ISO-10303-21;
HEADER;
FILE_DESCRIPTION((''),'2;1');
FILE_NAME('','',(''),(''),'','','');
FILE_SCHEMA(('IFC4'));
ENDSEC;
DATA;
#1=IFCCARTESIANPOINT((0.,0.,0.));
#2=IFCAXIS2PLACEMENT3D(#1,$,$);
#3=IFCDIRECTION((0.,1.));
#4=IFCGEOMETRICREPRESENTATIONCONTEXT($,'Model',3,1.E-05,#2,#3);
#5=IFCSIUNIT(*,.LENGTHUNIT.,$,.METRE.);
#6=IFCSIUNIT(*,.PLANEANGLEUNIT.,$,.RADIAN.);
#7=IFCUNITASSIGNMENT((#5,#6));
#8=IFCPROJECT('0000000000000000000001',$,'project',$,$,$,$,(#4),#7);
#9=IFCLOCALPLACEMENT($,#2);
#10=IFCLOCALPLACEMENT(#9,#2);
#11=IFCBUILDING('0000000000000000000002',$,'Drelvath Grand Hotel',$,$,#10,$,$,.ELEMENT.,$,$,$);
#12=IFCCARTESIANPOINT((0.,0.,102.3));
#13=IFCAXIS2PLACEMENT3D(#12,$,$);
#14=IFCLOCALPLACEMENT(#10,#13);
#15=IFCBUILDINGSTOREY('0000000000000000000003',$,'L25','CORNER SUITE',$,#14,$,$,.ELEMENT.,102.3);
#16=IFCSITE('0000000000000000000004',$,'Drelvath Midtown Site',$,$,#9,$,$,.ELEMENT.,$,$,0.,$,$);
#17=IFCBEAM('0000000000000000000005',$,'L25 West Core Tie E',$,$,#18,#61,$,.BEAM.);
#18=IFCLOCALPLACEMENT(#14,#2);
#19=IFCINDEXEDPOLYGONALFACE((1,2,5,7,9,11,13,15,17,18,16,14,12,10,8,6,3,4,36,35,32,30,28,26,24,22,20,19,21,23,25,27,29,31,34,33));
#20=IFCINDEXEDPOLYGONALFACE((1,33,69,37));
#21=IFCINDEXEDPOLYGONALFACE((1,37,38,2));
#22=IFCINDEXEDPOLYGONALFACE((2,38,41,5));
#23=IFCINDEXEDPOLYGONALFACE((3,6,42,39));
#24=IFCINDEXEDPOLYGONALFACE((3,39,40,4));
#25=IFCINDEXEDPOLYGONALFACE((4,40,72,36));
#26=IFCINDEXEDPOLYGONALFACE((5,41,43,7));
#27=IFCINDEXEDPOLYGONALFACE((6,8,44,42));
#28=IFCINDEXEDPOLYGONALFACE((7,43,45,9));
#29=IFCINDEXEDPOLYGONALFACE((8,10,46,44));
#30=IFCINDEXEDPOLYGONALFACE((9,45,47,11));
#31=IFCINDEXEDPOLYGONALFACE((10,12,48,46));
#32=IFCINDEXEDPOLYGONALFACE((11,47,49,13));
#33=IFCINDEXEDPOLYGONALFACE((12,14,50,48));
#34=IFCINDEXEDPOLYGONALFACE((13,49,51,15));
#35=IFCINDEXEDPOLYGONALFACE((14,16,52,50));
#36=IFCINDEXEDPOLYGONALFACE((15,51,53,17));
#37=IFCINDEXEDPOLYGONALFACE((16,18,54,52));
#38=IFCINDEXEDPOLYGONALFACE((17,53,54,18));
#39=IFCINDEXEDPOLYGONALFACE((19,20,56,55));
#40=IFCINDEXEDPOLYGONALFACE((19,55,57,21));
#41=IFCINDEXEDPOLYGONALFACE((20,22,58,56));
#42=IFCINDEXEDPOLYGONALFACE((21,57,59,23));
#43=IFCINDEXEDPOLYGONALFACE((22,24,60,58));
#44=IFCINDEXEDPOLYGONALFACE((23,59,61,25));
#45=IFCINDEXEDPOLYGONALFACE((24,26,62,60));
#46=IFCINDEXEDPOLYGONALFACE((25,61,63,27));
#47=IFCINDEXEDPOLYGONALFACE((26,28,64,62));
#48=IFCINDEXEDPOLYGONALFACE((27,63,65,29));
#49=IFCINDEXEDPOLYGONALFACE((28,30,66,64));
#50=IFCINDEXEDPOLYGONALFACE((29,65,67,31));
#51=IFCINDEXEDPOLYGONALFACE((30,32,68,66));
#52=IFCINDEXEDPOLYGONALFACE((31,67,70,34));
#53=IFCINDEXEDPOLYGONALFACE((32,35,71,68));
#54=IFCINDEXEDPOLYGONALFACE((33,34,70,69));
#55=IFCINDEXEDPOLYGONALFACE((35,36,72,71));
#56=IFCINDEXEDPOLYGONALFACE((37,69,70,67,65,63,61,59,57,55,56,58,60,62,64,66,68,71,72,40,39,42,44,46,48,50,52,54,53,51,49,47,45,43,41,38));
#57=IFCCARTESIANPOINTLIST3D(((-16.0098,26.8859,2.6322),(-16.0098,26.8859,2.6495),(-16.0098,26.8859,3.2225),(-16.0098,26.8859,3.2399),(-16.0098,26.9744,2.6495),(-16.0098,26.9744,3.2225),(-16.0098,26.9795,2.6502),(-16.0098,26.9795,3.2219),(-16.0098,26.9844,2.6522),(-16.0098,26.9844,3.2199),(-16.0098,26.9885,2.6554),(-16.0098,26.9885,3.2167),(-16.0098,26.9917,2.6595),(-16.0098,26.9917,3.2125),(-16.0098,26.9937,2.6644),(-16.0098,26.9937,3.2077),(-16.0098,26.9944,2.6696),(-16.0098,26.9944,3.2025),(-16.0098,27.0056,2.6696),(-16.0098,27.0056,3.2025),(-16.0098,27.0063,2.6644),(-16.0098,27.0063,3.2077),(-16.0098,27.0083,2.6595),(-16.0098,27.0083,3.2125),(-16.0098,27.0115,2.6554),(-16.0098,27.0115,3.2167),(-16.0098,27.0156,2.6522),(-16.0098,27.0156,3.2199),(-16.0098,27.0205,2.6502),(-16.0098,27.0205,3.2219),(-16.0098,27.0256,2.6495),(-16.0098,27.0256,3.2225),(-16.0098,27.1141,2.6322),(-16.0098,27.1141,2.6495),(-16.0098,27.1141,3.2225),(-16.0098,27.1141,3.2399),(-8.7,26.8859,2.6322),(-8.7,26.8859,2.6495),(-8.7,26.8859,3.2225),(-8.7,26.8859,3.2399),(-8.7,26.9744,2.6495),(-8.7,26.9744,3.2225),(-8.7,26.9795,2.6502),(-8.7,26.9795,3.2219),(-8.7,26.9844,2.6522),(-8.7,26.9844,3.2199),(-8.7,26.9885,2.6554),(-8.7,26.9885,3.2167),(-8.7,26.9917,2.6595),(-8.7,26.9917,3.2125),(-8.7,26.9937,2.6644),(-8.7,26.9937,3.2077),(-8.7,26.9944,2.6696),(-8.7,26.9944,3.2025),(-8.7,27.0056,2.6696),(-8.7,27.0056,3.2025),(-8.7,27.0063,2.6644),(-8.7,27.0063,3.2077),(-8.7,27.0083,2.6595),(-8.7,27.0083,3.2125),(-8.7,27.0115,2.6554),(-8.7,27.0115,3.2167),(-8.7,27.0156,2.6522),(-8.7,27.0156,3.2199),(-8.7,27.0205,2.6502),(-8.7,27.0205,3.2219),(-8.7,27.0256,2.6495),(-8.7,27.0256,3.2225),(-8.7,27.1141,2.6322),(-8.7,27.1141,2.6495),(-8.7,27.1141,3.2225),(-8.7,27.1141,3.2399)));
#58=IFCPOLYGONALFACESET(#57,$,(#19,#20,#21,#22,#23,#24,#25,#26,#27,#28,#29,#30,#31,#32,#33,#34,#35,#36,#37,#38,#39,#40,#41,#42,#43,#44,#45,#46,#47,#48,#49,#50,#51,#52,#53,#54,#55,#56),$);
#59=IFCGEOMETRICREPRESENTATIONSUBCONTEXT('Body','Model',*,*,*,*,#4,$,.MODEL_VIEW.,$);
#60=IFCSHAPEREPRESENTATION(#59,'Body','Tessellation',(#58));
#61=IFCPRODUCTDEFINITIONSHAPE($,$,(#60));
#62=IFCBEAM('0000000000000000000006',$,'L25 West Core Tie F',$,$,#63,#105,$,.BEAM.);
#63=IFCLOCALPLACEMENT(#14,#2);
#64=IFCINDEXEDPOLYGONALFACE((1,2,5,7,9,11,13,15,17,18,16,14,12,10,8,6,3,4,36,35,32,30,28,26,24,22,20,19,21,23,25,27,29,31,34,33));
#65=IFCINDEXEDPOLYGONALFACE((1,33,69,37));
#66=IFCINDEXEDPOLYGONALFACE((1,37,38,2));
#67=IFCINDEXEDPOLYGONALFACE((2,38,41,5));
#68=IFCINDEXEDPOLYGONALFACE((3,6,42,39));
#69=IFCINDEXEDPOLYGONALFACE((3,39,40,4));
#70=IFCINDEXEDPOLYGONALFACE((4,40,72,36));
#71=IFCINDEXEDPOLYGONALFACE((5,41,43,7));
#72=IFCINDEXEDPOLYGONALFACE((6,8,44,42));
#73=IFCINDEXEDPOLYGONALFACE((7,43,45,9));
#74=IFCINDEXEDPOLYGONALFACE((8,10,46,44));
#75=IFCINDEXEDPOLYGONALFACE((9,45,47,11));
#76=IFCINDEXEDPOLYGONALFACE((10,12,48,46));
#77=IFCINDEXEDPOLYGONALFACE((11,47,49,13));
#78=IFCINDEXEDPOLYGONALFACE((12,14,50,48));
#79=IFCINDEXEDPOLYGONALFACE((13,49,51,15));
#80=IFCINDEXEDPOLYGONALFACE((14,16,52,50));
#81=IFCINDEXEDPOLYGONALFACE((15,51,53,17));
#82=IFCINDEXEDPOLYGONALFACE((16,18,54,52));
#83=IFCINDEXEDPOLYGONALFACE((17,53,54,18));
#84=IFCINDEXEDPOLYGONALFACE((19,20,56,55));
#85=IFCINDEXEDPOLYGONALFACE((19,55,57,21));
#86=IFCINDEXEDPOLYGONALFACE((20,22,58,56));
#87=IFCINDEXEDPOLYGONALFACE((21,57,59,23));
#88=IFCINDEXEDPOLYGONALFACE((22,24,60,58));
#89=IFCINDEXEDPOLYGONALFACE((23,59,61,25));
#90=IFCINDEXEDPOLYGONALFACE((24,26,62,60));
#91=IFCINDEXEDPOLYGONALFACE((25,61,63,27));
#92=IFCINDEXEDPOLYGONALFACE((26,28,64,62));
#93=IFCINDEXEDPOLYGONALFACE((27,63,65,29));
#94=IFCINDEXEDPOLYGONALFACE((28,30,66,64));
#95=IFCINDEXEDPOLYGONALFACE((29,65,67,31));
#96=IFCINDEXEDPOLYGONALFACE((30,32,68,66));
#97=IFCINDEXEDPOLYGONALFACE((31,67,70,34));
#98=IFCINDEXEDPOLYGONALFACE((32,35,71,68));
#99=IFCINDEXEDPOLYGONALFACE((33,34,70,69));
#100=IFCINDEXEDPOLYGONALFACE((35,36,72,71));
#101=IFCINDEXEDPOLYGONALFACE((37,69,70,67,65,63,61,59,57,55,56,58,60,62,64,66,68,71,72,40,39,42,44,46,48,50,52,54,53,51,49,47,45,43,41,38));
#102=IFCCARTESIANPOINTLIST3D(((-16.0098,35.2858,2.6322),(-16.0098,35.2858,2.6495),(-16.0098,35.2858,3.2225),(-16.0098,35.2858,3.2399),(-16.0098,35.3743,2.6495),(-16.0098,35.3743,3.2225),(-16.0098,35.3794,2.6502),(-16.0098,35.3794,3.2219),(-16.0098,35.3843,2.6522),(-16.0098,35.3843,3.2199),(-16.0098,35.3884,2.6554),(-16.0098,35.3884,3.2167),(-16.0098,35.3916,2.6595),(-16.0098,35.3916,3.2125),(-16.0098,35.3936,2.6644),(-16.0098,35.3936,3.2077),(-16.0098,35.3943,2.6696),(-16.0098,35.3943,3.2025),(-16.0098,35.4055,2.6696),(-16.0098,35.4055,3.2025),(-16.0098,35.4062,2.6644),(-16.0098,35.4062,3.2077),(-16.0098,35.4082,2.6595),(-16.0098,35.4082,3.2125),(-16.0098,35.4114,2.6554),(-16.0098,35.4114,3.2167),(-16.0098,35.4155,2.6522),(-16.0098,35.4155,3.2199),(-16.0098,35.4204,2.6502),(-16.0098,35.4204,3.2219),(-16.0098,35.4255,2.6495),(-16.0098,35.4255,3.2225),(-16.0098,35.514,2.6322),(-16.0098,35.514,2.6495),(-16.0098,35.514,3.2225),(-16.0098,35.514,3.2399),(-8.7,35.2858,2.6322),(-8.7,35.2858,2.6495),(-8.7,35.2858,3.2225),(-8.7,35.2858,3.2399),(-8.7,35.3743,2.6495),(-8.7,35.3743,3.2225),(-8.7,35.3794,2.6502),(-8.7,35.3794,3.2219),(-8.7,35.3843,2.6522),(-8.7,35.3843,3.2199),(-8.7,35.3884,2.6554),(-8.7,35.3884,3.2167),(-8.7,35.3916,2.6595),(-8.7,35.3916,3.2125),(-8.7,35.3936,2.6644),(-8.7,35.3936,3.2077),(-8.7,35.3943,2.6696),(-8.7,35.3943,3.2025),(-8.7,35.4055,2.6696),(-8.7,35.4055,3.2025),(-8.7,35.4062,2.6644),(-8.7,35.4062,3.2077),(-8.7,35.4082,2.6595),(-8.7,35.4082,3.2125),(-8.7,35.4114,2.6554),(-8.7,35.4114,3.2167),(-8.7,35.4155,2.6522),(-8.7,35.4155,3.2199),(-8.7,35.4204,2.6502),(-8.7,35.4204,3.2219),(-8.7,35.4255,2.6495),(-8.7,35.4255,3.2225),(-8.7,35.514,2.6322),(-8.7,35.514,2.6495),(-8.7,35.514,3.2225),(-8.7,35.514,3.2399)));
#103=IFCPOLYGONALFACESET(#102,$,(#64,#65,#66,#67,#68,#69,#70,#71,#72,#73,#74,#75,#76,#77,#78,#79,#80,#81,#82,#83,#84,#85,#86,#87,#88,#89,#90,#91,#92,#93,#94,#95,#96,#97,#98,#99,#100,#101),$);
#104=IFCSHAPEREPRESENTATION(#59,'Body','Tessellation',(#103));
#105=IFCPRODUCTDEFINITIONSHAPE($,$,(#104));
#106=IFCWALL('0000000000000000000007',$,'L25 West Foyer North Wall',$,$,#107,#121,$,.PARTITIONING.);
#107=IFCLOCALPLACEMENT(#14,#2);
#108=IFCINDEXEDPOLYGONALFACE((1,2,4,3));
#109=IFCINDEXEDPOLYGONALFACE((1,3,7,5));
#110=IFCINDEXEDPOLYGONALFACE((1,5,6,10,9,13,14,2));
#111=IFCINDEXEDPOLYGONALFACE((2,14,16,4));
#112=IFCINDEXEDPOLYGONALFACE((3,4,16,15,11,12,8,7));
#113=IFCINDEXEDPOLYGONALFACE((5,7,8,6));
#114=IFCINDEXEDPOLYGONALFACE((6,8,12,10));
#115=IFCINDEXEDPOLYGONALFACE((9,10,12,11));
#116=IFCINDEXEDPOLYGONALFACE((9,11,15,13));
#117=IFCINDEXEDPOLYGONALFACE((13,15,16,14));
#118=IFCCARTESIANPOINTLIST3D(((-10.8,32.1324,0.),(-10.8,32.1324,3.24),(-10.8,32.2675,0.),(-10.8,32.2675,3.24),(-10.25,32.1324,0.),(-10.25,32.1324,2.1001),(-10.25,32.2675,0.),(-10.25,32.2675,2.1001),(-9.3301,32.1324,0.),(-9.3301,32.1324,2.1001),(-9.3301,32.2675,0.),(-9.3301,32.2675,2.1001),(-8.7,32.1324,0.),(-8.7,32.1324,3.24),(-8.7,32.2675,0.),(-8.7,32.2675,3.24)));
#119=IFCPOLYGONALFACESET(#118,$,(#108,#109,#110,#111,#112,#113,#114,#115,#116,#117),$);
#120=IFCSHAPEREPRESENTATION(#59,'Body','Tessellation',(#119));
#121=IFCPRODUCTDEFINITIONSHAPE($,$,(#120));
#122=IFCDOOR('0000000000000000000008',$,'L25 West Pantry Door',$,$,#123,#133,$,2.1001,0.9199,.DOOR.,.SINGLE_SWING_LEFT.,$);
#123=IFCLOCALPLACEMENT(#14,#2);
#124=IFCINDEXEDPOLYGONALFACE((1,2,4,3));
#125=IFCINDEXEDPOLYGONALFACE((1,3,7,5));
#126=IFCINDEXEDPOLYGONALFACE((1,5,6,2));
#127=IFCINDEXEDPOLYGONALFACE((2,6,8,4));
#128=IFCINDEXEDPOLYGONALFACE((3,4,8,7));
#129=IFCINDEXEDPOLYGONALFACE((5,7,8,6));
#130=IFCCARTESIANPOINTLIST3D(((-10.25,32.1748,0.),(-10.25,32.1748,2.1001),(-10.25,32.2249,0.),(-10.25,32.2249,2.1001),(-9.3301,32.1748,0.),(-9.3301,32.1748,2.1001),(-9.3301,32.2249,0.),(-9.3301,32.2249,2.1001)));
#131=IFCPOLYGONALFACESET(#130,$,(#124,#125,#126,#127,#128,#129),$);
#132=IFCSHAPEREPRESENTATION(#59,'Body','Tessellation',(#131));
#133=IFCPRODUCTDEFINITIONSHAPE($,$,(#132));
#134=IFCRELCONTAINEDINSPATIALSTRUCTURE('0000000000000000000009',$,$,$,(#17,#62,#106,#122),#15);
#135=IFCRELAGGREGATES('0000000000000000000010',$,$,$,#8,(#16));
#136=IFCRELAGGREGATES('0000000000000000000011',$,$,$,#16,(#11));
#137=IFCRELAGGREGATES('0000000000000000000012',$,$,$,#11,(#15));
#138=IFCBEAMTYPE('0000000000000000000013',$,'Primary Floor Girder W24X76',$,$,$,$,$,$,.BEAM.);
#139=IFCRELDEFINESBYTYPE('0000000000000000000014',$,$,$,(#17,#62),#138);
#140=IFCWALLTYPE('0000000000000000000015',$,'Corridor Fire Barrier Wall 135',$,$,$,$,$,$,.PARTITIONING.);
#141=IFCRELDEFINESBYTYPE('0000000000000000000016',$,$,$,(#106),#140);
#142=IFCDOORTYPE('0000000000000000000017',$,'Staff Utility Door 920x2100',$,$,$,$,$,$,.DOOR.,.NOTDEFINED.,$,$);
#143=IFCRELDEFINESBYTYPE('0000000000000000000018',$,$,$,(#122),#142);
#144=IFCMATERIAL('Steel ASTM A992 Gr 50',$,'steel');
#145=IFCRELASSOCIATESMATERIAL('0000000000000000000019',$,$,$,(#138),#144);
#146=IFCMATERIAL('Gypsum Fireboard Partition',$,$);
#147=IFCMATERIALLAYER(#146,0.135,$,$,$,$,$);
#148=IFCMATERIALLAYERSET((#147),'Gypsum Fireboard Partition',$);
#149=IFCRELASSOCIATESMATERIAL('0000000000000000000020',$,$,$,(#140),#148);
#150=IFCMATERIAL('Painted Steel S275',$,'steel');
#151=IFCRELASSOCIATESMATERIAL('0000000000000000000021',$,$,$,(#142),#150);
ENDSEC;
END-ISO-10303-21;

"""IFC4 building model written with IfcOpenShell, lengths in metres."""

from ifc_helpers import new_model, si_unit, direction, frame, frame_2d, origin, origin_2d, place, context, subcontext, project, spatial, rectangle, i_section, extrude, material, layer, layer_set, material_profile, profile_set, type_object, element, fill, save


model = new_model("IFC4")

# Units and contexts
model_context = context("Model", 3, precision=1e-05, world=origin(), true_north=direction((0.0, 1.0)))
body_context = subcontext(model_context, "Body", "Model", "MODEL_VIEW")
ifc_project = project(units=[si_unit("LENGTHUNIT", "METRE"), si_unit("PLANEANGLEUNIT", "RADIAN")], contexts=[model_context])

# Site, building, storey
site_placement = place(None, origin())
site = spatial("IfcSite", under=ifc_project, at=site_placement, Name="Drelvath Midtown Site", CompositionType="ELEMENT", RefElevation=0.0)
building_placement = place(site_placement, origin())
building = spatial("IfcBuilding", under=site, at=building_placement, Name="Drelvath Grand Hotel", CompositionType="ELEMENT")
storey_placement = place(building_placement, frame((0.0, 0.0, 102.3)))
storey = spatial("IfcBuildingStorey", under=building, at=storey_placement, Name="L25", Description="CORNER SUITE", CompositionType="ELEMENT", Elevation=102.3)

# Beams
ifc_material_1 = material(Name="Steel ASTM A992 Gr 50", Category="steel")
ifc_material_profile = material_profile(ifc_material_1, i_section(OverallWidth=0.2283, OverallDepth=0.6077, WebThickness=0.0112, FlangeThickness=0.0173, FilletRadius=0.02, at=origin_2d()), Name="W24X76")
ifc_profile_set = profile_set([ifc_material_profile], Name="Steel ASTM A992 Gr 50")
beam_type = type_object("IfcBeamType", Name="Primary Floor Girder W24X76", PredefinedType="BEAM", material=ifc_profile_set)
for number, where, z_axis, x_axis, name in (
    (1, (-16.0098, 27.0, 2.936), (1.0, 0.0, 0.0), (0.0, 1.0, 0.0), "L25 West Core Tie E"),
    (2, (-16.0098, 35.3999, 2.936), (1.0, 0.0, 0.0), (0.0, 1.0, 0.0), "L25 West Core Tie F"),
):
    element("IfcBeam", number, at=place(storey_placement, frame(where, z_axis=z_axis, x_axis=x_axis)), inside=storey, type_object=beam_type, Name=name, PredefinedType="BEAM", context=body_context, shape_type="SweptSolid", body=[
        extrude(i_section(OverallWidth=0.2283, OverallDepth=0.6077, WebThickness=0.0112, FlangeThickness=0.0173, FilletRadius=0.02, at=origin_2d()), origin(), (0.0, 0.0, 1.0), 7.3098),
    ])

# Wall, opening, door
ifc_material_2 = material(Name="Gypsum Fireboard Partition")
ifc_layer_1 = layer(ifc_material_2, 0.135)
ifc_layer_set_1 = layer_set([ifc_layer_1], Name="Gypsum Fireboard Partition")
wall_type_1 = type_object("IfcWallType", Name="Corridor Fire Barrier Wall 135", PredefinedType="PARTITIONING", material=ifc_layer_set_1)
wall_1_placement = place(storey_placement, frame((-10.8, 32.2, 0.0), z_axis=(0.0, 0.0, 1.0), x_axis=(1.0, 0.0, 0.0)))
wall_1 = element("IfcWall", 3, at=wall_1_placement, inside=storey, type_object=wall_type_1, Name="L25 West Foyer North Wall", PredefinedType="PARTITIONING", context=body_context, shape_type="SweptSolid", body=[
    extrude(rectangle(XDim=2.1001, YDim=0.135, at=frame_2d((1.05, 0.0))), origin(), (0.0, 0.0, 1.0), 3.24),
])
opening_1_placement = place(wall_1_placement, frame((0.55, 0.0, 0.0)))
opening_1 = element("IfcOpeningElement", 4, at=opening_1_placement, cuts=wall_1, PredefinedType="OPENING", context=body_context, shape_type="SweptSolid", body=[
    extrude(rectangle(XDim=0.9199, YDim=2.1001, at=frame_2d((0.46, 1.05))), frame((0.0, 0.0774, 0.0), z_axis=(0.0, -1.0, 0.0), x_axis=(1.0, 0.0, 0.0)), (0.0, 0.0, 1.0), 0.155),
])
ifc_material_3 = material(Name="Painted Steel S275", Category="steel")
door_type_1 = type_object("IfcDoorType", Name="Staff Utility Door 920x2100", OperationType="NOTDEFINED", PredefinedType="DOOR", material=ifc_material_3)
door_1_placement = place(opening_1_placement, origin())
door_1 = element("IfcDoor", 5, at=door_1_placement, inside=storey, type_object=door_type_1, Name="L25 West Pantry Door", OperationType="SINGLE_SWING_LEFT", OverallHeight=2.1001, OverallWidth=0.9199, PredefinedType="DOOR", context=body_context, shape_type="SweptSolid", body=[
    extrude(rectangle(XDim=0.9199, YDim=2.1001, at=frame_2d((0.46, 1.05))), frame((0.0, 0.0249, 0.0), z_axis=(0.0, -1.0, 0.0), x_axis=(1.0, 0.0, 0.0)), (0.0, 0.0, 1.0), 0.05),
])
fill(opening_1, door_1)

save(model, "model.ifc")
